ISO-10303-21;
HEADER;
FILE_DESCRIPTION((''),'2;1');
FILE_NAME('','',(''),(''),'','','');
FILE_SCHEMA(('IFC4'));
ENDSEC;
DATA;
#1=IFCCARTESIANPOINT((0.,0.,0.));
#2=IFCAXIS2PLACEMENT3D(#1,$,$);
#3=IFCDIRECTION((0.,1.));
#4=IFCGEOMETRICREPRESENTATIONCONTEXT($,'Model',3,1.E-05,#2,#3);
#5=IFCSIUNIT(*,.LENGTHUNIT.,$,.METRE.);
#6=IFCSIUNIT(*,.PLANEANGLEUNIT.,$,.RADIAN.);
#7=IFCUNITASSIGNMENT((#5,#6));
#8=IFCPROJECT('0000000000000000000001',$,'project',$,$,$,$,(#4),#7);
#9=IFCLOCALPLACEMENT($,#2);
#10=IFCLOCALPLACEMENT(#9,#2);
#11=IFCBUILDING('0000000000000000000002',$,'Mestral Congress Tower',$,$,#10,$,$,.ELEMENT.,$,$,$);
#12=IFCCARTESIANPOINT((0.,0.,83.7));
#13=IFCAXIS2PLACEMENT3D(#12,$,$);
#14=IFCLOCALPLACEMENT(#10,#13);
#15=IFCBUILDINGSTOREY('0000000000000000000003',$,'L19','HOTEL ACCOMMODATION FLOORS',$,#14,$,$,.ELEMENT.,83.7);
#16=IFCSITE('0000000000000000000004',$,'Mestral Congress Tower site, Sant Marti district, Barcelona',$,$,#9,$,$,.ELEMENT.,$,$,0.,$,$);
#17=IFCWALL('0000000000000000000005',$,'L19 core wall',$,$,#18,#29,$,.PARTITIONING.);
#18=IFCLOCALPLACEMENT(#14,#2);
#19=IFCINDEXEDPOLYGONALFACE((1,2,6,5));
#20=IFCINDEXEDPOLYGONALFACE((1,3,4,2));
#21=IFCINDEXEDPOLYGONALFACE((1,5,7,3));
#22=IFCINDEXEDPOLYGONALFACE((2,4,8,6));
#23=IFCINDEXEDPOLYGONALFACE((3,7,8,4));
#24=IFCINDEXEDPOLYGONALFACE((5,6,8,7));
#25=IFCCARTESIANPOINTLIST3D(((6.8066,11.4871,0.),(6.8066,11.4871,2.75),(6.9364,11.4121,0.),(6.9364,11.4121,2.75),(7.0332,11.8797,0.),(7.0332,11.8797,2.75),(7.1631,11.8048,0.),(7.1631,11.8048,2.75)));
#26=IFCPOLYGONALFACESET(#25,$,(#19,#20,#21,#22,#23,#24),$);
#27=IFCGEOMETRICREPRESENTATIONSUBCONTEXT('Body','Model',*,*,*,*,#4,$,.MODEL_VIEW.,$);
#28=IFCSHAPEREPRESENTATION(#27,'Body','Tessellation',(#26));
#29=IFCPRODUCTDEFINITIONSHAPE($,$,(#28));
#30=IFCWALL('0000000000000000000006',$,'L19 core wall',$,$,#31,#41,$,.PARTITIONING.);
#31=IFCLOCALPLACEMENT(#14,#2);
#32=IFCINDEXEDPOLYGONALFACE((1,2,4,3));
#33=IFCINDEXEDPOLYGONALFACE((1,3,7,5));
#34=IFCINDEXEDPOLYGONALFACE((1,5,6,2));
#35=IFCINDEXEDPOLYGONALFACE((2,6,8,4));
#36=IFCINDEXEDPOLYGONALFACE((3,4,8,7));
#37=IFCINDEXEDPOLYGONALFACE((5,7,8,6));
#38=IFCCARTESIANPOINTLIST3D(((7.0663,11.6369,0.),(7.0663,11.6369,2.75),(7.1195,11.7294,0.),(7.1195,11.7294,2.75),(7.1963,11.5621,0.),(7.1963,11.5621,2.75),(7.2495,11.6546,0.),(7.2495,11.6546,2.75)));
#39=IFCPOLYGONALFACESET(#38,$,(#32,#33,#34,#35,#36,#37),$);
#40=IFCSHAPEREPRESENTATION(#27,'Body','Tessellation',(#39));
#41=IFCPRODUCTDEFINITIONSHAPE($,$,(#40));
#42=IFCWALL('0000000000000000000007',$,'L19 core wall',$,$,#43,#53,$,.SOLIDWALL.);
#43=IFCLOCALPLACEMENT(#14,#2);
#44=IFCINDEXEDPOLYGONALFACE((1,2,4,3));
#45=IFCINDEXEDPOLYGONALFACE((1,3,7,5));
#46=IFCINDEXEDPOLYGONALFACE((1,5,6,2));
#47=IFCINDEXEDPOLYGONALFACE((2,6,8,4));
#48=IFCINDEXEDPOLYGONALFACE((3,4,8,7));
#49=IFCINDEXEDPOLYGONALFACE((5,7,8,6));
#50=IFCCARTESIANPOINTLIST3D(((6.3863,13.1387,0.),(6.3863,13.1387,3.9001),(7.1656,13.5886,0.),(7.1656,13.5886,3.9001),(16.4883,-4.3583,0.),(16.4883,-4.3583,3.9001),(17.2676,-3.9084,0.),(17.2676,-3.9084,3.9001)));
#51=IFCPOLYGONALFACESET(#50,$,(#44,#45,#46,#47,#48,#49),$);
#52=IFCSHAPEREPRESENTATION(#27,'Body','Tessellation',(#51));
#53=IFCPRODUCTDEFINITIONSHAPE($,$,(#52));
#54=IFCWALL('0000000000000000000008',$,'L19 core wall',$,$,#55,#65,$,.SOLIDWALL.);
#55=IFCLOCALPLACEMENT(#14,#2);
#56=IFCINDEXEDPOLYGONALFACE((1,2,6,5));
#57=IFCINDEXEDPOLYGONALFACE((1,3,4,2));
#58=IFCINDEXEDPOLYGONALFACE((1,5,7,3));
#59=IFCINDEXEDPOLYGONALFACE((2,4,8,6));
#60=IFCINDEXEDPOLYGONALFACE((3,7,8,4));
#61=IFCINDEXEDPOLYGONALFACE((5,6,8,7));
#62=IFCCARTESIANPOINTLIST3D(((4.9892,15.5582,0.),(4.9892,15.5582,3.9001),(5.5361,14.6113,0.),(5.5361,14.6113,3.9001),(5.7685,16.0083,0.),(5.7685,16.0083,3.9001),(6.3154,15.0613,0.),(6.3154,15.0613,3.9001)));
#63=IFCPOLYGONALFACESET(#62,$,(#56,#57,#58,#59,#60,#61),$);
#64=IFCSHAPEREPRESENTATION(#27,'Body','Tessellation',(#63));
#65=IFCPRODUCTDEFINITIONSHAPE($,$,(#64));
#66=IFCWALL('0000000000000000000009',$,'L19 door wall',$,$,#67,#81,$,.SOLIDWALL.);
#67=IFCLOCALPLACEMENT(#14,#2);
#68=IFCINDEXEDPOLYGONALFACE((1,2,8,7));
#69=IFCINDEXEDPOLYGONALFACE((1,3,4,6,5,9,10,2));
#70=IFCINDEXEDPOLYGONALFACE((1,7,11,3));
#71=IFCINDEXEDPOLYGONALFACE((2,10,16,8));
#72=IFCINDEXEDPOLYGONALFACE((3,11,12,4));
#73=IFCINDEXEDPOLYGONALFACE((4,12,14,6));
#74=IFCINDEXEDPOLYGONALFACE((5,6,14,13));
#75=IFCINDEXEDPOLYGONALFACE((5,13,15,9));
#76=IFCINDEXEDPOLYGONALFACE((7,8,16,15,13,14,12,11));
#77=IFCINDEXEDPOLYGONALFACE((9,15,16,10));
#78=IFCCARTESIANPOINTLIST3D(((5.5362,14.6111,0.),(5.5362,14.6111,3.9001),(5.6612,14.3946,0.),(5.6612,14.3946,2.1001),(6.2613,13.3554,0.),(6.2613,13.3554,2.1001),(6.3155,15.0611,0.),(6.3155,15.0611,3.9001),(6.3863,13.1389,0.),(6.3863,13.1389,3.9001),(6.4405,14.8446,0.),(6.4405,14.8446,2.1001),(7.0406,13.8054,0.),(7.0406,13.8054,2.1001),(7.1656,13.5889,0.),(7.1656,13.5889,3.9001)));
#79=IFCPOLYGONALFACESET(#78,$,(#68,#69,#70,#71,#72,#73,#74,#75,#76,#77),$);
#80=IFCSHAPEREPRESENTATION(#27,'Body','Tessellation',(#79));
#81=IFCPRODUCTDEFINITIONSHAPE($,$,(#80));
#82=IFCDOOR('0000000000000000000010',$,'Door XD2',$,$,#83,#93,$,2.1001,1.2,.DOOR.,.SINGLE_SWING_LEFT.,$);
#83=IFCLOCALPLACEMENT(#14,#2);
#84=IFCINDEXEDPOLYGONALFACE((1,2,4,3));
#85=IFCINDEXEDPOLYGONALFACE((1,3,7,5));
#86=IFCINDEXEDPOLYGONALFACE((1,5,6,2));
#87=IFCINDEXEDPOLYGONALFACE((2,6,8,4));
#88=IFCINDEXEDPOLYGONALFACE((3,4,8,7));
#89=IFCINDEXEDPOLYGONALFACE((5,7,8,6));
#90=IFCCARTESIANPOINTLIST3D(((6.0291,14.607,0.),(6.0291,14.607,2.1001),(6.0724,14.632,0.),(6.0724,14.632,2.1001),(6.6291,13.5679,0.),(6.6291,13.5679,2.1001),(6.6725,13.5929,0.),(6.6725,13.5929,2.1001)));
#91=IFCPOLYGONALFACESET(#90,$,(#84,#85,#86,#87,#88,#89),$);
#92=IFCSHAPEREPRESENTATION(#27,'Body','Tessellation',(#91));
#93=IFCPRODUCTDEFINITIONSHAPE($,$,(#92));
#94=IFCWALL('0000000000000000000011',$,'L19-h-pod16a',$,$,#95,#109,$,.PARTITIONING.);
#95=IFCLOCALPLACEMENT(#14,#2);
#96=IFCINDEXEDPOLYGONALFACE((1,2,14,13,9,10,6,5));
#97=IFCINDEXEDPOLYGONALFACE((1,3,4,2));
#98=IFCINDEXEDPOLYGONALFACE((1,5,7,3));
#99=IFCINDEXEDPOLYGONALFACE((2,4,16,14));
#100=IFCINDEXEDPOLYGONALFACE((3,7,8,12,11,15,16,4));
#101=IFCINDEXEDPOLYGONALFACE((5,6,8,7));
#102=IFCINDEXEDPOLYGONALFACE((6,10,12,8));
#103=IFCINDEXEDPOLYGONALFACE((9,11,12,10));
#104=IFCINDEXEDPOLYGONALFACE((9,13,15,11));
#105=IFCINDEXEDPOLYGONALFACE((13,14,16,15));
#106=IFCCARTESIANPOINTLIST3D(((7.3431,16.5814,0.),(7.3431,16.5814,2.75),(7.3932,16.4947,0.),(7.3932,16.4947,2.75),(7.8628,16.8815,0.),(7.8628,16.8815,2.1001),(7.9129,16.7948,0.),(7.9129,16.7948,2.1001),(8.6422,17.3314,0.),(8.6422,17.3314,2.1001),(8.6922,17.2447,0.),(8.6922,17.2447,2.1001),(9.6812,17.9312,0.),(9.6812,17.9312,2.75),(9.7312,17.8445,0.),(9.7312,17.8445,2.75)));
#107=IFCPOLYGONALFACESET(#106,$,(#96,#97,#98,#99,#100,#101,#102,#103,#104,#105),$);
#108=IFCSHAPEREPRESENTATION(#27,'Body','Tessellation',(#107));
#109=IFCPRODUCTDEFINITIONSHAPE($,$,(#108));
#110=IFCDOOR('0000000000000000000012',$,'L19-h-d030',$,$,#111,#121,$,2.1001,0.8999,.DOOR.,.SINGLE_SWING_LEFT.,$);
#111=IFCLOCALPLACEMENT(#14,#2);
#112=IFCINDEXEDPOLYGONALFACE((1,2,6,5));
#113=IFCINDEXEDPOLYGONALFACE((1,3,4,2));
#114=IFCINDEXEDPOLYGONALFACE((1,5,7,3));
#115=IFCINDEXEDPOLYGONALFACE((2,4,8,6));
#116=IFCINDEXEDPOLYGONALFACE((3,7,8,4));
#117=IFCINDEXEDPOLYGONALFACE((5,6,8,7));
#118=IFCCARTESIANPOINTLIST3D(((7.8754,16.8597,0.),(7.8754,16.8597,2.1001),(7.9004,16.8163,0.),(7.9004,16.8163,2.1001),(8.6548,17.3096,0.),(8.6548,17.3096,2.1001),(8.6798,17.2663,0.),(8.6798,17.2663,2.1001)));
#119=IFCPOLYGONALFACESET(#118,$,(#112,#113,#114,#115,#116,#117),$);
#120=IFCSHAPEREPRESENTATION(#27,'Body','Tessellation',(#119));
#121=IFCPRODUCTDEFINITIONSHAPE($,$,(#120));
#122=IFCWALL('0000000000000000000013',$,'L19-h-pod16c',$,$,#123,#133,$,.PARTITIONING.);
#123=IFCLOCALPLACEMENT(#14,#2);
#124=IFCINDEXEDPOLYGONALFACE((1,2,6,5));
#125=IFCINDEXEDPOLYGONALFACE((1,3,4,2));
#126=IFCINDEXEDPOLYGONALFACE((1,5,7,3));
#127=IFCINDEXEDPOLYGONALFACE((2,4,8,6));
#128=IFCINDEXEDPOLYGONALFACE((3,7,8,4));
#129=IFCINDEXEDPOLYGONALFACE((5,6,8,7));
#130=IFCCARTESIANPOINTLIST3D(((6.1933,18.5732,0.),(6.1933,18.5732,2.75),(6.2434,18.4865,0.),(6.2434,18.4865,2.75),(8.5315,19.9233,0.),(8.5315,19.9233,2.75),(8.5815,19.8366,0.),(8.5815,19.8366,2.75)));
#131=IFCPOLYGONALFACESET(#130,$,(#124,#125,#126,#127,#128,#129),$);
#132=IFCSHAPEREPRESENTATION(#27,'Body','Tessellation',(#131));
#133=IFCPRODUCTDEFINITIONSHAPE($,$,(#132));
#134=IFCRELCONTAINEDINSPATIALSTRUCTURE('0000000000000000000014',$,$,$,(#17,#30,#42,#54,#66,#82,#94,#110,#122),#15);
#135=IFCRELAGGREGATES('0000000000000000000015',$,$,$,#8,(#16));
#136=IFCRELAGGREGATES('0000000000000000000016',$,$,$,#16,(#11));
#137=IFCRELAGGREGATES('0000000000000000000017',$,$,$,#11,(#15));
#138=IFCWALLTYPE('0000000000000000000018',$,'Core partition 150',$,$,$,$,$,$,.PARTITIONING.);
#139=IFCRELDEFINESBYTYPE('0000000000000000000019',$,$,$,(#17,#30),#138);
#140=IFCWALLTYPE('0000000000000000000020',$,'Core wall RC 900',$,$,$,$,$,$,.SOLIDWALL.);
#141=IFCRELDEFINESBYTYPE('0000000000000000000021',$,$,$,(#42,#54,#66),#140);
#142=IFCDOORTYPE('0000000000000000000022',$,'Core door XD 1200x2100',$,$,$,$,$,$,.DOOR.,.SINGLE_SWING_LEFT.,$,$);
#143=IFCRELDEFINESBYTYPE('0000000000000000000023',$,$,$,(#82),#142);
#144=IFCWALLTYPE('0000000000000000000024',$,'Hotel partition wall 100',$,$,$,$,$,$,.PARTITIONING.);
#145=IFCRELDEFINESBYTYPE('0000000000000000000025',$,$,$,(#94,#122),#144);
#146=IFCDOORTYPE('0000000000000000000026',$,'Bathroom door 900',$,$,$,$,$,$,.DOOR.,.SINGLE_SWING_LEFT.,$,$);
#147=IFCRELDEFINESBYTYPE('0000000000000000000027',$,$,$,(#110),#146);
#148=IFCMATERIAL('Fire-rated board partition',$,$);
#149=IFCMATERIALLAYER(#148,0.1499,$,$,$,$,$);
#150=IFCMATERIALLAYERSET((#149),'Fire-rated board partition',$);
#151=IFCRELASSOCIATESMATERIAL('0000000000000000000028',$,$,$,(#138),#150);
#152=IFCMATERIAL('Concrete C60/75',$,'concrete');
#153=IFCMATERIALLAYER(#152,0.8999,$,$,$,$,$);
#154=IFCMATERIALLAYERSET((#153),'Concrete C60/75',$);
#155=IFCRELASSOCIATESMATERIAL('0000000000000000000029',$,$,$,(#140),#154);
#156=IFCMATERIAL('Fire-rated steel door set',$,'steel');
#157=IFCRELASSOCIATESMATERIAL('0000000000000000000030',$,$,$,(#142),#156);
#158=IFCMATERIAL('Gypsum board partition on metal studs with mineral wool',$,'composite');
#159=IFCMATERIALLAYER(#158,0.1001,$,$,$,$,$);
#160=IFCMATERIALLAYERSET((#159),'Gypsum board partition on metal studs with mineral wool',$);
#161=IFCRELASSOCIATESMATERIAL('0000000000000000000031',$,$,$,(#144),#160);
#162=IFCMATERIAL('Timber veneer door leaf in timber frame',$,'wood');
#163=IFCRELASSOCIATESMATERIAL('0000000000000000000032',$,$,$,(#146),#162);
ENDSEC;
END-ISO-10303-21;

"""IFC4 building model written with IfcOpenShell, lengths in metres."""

from ifc_helpers import new_model, si_unit, direction, frame, frame_2d, origin, place, context, subcontext, project, spatial, rectangle, extrude, material, layer, layer_set, type_object, element, fill, save


model = new_model("IFC4")

# Units and contexts
model_context = context("Model", 3, precision=1e-05, world=origin(), true_north=direction((0.0, 1.0)))
body_context = subcontext(model_context, "Body", "Model", "MODEL_VIEW")
ifc_project = project(units=[si_unit("LENGTHUNIT", "METRE"), si_unit("PLANEANGLEUNIT", "RADIAN")], contexts=[model_context])

# Site, building, storey
site_placement = place(None, origin())
site = spatial("IfcSite", under=ifc_project, at=site_placement, Name="Mestral Congress Tower site, Sant Marti district, Barcelona", CompositionType="ELEMENT", RefElevation=0.0)
building_placement = place(site_placement, origin())
building = spatial("IfcBuilding", under=site, at=building_placement, Name="Mestral Congress Tower", CompositionType="ELEMENT")
storey_placement = place(building_placement, frame((0.0, 0.0, 83.7)))
storey = spatial("IfcBuildingStorey", under=building, at=storey_placement, Name="L19", Description="HOTEL ACCOMMODATION FLOORS", CompositionType="ELEMENT", Elevation=83.7)

# Walls
ifc_material_1 = material(Name="Fire-rated board partition")
ifc_layer_1 = layer(ifc_material_1, 0.1499)
ifc_layer_set_1 = layer_set([ifc_layer_1], Name="Fire-rated board partition")
wall_type_1 = type_object("IfcWallType", Name="Core partition 150", PredefinedType="PARTITIONING", material=ifc_layer_set_1)
wall_1_placement = place(storey_placement, frame((6.8716, 11.4497, 0.0), z_axis=(0.0, 0.0, 1.0), x_axis=(0.499847, 0.866114, 0.0)))
element("IfcWall", 1, at=wall_1_placement, inside=storey, type_object=wall_type_1, Name="L19 core wall", PredefinedType="PARTITIONING", context=body_context, shape_type="SweptSolid", body=[
    extrude(rectangle(XDim=0.4534, YDim=0.1499, at=frame_2d((0.2266, 0.0))), origin(), (0.0, 0.0, 1.0), 2.75),
])
wall_2_placement = place(storey_placement, frame((7.1313, 11.5996, 0.0), z_axis=(0.0, 0.0, 1.0), x_axis=(0.4986, 0.866832, 0.0)))
element("IfcWall", 2, at=wall_2_placement, inside=storey, type_object=wall_type_1, Name="L19 core wall", PredefinedType="PARTITIONING", context=body_context, shape_type="SweptSolid", body=[
    extrude(rectangle(XDim=0.1067, YDim=0.1499, at=frame_2d((0.0532, 0.0))), origin(), (0.0, 0.0, 1.0), 2.75),
])
ifc_material_2 = material(Name="Concrete C60/75", Category="concrete")
ifc_layer_2 = layer(ifc_material_2, 0.8999)
ifc_layer_set_2 = layer_set([ifc_layer_2], Name="Concrete C60/75")
wall_type_2 = type_object("IfcWallType", Name="Core wall RC 900", PredefinedType="SOLIDWALL", material=ifc_layer_set_2)
wall_3_placement = place(storey_placement, frame((6.7759, 13.3638, 0.0), z_axis=(0.0, 0.0, 1.0), x_axis=(0.500004, -0.866023, 0.0)))
element("IfcWall", 3, at=wall_3_placement, inside=storey, type_object=wall_type_2, Name="L19 core wall", PredefinedType="SOLIDWALL", context=body_context, shape_type="SweptSolid", body=[
    extrude(rectangle(XDim=20.2039, YDim=0.8999, at=frame_2d((10.1021, 0.0))), origin(), (0.0, 0.0, 1.0), 3.9001),
])
wall_4_placement = place(storey_placement, frame((5.9258, 14.8362, 0.0), z_axis=(0.0, 0.0, 1.0), x_axis=(-0.500077, 0.865981, 0.0)))
element("IfcWall", 4, at=wall_4_placement, inside=storey, type_object=wall_type_2, Name="L19 core wall", PredefinedType="SOLIDWALL", context=body_context, shape_type="SweptSolid", body=[
    extrude(rectangle(XDim=1.0935, YDim=0.8999, at=frame_2d((0.5469, 0.0))), origin(), (0.0, 0.0, 1.0), 3.9001),
])

# Walls, openings, doors
wall_5_placement = place(storey_placement, frame((5.9258, 14.8362, 0.0), z_axis=(0.0, 0.0, 1.0), x_axis=(0.500062, -0.865989, 0.0)))
wall_5 = element("IfcWall", 5, at=wall_5_placement, inside=storey, type_object=wall_type_2, Name="L19 door wall", PredefinedType="SOLIDWALL", context=body_context, shape_type="SweptSolid", body=[
    extrude(rectangle(XDim=1.7, YDim=0.8999, at=frame_2d((0.8501, 0.0))), origin(), (0.0, 0.0, 1.0), 3.9001),
])
opening_1_placement = place(wall_5_placement, frame((0.25, 0.0, 0.0)))
opening_1 = element("IfcOpeningElement", 6, at=opening_1_placement, cuts=wall_5, PredefinedType="OPENING", context=body_context, shape_type="SweptSolid", body=[
    extrude(rectangle(XDim=1.2, YDim=2.1001, at=frame_2d((0.6001, 1.05))), frame((0.0, 0.46, 0.0), z_axis=(0.0, -1.0, 0.0), x_axis=(1.0, 0.0, 0.0)), (0.0, 0.0, 1.0), 0.9199),
])
ifc_material_3 = material(Name="Fire-rated steel door set", Category="steel")
door_type_1 = type_object("IfcDoorType", Name="Core door XD 1200x2100", OperationType="SINGLE_SWING_LEFT", PredefinedType="DOOR", material=ifc_material_3)
door_1_placement = place(opening_1_placement, origin())
door_1 = element("IfcDoor", 7, at=door_1_placement, inside=storey, type_object=door_type_1, Name="Door XD2", OperationType="SINGLE_SWING_LEFT", OverallHeight=2.1001, OverallWidth=1.2, PredefinedType="DOOR", context=body_context, shape_type="SweptSolid", body=[
    extrude(rectangle(XDim=1.2, YDim=2.1001, at=frame_2d((0.6001, 1.05))), frame((0.0, 0.0249, 0.0), z_axis=(0.0, -1.0, 0.0), x_axis=(1.0, 0.0, 0.0)), (0.0, 0.0, 1.0), 0.05),
])
fill(opening_1, door_1)
ifc_material_4 = material(Name="Gypsum board partition on metal studs with mineral wool", Category="composite")
ifc_layer_3 = layer(ifc_material_4, 0.1001)
ifc_layer_set_3 = layer_set([ifc_layer_3], Name="Gypsum board partition on metal studs with mineral wool")
wall_type_3 = type_object("IfcWallType", Name="Hotel partition wall 100", PredefinedType="PARTITIONING", material=ifc_layer_set_3)
wall_6_placement = place(storey_placement, frame((7.3682, 16.5381, 0.0), z_axis=(0.0, 0.0, 1.0), x_axis=(0.866037, 0.499981, 0.0)))
wall_6 = element("IfcWall", 8, at=wall_6_placement, inside=storey, type_object=wall_type_3, Name="L19-h-pod16a", PredefinedType="PARTITIONING", context=body_context, shape_type="SweptSolid", body=[
    extrude(rectangle(XDim=2.6997, YDim=0.1001, at=frame_2d((1.3499, 0.0))), origin(), (0.0, 0.0, 1.0), 2.75),
])
opening_2_placement = place(wall_6_placement, frame((0.6001, 0.0, 0.0)))
opening_2 = element("IfcOpeningElement", 9, at=opening_2_placement, cuts=wall_6, PredefinedType="OPENING", context=body_context, shape_type="SweptSolid", body=[
    extrude(rectangle(XDim=0.8999, YDim=2.1001, at=frame_2d((0.45, 1.05))), frame((0.0, 0.0601, 0.0), z_axis=(0.0, -1.0, 0.0), x_axis=(1.0, 0.0, 0.0)), (0.0, 0.0, 1.0), 0.1201),
])
ifc_material_5 = material(Name="Timber veneer door leaf in timber frame", Category="wood")
door_type_2 = type_object("IfcDoorType", Name="Bathroom door 900", OperationType="SINGLE_SWING_LEFT", PredefinedType="DOOR", material=ifc_material_5)
door_2_placement = place(opening_2_placement, origin())
door_2 = element("IfcDoor", 10, at=door_2_placement, inside=storey, type_object=door_type_2, Name="L19-h-d030", OperationType="SINGLE_SWING_LEFT", OverallHeight=2.1001, OverallWidth=0.8999, PredefinedType="DOOR", context=body_context, shape_type="SweptSolid", body=[
    extrude(rectangle(XDim=0.8999, YDim=2.1001, at=frame_2d((0.45, 1.05))), frame((0.0, 0.0249, 0.0), z_axis=(0.0, -1.0, 0.0), x_axis=(1.0, 0.0, 0.0)), (0.0, 0.0, 1.0), 0.05),
])
fill(opening_2, door_2)

# Wall
wall_7_placement = place(storey_placement, frame((6.2183, 18.5298, 0.0), z_axis=(0.0, 0.0, 1.0), x_axis=(0.865997, 0.500049, 0.0)))
element("IfcWall", 11, at=wall_7_placement, inside=storey, type_object=wall_type_3, Name="L19-h-pod16c", PredefinedType="PARTITIONING", context=body_context, shape_type="SweptSolid", body=[
    extrude(rectangle(XDim=2.7, YDim=0.1001, at=frame_2d((1.3501, 0.0))), origin(), (0.0, 0.0, 1.0), 2.75),
])

save(model, "model.ifc")
